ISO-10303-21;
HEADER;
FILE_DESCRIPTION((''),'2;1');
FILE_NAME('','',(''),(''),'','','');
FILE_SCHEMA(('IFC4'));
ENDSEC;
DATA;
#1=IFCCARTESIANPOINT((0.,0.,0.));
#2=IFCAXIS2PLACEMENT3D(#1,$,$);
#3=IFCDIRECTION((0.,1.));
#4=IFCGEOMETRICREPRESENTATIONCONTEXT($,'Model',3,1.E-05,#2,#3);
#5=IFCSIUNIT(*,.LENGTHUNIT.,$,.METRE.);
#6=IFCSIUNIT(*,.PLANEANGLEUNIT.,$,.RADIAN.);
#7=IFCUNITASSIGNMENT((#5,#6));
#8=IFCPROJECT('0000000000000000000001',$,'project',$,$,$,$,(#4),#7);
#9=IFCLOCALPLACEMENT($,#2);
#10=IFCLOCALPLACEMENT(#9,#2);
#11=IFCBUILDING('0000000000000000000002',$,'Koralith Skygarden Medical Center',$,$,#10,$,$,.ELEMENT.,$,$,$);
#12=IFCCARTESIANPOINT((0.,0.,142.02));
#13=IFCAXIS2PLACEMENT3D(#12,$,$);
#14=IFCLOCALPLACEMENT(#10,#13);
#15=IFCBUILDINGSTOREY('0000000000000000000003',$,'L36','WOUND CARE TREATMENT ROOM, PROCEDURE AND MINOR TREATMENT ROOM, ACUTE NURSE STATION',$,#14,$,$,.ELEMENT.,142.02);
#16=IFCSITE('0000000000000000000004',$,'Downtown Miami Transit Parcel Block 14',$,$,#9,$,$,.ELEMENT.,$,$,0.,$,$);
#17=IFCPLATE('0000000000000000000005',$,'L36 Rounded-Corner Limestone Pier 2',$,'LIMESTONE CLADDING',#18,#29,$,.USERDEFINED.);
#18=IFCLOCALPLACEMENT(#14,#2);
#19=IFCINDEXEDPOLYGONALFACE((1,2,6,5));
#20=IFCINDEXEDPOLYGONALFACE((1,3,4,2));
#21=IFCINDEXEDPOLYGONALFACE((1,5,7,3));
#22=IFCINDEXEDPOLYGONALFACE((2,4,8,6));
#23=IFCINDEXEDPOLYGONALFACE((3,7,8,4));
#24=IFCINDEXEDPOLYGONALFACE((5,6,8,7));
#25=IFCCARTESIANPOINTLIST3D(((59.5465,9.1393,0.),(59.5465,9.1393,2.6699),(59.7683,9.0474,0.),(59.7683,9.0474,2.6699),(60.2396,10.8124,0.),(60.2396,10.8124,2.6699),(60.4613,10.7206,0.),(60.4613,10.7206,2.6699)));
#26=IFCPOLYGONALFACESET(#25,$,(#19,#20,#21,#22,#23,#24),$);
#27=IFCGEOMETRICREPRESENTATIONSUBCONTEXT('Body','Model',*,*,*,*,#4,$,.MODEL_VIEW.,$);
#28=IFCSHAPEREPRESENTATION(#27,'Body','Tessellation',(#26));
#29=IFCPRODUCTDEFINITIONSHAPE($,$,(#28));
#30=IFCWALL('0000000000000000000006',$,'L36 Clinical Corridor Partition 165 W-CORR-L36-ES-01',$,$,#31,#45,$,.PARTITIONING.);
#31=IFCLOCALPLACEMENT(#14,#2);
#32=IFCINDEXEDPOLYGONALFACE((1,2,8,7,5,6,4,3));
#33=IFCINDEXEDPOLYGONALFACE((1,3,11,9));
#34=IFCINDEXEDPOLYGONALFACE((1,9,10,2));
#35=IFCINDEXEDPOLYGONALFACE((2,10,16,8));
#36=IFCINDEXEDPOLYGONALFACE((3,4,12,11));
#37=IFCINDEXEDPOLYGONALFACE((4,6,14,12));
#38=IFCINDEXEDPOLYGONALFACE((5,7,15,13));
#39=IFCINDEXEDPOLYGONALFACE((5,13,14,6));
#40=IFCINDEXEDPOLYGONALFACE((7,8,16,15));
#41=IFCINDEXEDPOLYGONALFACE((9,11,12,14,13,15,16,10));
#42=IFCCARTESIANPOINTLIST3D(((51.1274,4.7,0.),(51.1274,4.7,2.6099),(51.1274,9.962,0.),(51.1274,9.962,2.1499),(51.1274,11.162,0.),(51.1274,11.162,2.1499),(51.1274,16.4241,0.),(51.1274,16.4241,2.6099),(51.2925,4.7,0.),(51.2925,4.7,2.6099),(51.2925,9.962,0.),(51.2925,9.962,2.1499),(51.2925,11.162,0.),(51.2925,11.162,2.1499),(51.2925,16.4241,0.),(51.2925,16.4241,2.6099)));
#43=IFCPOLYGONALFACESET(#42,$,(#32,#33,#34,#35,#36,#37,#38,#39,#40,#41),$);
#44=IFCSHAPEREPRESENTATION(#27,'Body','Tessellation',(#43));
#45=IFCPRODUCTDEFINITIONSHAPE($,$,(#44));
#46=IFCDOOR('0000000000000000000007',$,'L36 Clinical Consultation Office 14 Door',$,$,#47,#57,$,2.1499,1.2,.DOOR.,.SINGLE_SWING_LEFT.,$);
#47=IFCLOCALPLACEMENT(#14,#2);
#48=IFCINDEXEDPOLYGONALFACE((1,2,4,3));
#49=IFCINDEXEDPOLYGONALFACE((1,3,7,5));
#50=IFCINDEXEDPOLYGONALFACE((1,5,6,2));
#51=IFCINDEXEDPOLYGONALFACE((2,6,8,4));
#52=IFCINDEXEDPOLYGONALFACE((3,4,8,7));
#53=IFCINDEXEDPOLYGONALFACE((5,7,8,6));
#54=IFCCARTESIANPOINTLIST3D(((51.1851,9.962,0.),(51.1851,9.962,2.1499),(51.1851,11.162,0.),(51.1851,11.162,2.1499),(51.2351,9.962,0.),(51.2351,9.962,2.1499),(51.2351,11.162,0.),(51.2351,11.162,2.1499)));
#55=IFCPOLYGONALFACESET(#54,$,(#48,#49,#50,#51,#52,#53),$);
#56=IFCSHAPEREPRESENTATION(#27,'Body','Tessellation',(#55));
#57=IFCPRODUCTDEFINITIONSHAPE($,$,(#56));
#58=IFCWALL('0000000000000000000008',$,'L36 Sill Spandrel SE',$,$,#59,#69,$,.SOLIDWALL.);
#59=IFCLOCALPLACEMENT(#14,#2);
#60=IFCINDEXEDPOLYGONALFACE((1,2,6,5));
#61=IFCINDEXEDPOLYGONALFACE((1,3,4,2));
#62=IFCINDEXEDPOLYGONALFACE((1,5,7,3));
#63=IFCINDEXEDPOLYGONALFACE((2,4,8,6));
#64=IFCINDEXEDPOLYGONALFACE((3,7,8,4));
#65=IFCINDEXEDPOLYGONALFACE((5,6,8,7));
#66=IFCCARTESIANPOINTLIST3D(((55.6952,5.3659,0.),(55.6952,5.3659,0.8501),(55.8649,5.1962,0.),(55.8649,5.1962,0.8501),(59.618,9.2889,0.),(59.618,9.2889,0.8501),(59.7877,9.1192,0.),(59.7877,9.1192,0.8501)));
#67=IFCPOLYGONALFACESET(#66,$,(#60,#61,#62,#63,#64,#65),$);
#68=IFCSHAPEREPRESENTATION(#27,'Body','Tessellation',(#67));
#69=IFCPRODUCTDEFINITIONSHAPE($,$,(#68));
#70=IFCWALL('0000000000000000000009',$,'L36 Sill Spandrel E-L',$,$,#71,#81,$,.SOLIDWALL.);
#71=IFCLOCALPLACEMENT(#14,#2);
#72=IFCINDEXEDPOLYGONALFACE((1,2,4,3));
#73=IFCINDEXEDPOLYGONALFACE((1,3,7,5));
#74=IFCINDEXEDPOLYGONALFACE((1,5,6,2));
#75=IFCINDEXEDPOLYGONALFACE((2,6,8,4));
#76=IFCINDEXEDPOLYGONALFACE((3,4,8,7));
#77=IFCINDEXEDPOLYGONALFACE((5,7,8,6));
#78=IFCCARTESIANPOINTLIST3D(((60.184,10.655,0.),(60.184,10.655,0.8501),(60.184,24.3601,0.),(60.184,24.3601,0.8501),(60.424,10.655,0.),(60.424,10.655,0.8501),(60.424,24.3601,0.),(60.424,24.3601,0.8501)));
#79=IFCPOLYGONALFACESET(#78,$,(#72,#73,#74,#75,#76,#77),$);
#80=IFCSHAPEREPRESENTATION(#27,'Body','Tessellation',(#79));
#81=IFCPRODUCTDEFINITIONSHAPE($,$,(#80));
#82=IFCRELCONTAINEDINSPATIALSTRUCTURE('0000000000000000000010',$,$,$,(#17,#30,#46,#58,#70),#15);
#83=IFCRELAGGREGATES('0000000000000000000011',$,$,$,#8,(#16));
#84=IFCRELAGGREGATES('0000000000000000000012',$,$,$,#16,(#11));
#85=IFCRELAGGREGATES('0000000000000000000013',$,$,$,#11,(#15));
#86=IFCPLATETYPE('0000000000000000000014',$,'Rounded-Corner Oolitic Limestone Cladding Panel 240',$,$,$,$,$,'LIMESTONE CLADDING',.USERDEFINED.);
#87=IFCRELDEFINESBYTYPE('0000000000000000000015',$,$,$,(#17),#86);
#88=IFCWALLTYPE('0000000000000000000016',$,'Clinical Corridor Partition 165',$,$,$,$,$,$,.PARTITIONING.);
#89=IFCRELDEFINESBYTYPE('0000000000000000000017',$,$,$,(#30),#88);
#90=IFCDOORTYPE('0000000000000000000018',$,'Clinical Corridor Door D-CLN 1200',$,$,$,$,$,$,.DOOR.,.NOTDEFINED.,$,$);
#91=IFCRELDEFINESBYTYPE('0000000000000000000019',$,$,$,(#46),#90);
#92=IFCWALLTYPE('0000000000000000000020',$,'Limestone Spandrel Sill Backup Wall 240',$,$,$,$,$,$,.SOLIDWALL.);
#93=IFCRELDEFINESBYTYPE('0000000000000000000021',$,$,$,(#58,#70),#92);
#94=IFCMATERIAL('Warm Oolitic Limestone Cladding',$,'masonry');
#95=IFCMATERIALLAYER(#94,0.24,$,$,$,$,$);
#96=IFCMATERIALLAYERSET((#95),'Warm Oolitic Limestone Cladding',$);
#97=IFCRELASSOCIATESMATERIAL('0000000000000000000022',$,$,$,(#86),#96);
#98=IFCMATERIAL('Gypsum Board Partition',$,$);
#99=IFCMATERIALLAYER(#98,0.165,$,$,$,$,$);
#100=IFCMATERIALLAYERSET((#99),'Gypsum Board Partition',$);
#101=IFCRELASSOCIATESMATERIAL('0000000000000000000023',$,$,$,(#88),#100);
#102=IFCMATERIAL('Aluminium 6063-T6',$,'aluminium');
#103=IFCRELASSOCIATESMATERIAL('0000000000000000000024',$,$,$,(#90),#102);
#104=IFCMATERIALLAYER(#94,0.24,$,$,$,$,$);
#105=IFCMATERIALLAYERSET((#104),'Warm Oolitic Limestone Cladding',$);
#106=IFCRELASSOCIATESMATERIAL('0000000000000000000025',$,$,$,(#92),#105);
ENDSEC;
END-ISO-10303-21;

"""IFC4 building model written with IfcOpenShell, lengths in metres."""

from ifc_helpers import new_model, si_unit, direction, frame, frame_2d, origin, origin_2d, place, context, subcontext, project, spatial, rectangle, extrude, material, layer, layer_set, type_object, element, fill, save


model = new_model("IFC4")

# Units and contexts
model_context = context("Model", 3, precision=1e-05, world=origin(), true_north=direction((0.0, 1.0)))
body_context = subcontext(model_context, "Body", "Model", "MODEL_VIEW")
ifc_project = project(units=[si_unit("LENGTHUNIT", "METRE"), si_unit("PLANEANGLEUNIT", "RADIAN")], contexts=[model_context])

# Site, building, storey
site_placement = place(None, origin())
site = spatial("IfcSite", under=ifc_project, at=site_placement, Name="Downtown Miami Transit Parcel Block 14", CompositionType="ELEMENT", RefElevation=0.0)
building_placement = place(site_placement, origin())
building = spatial("IfcBuilding", under=site, at=building_placement, Name="Koralith Skygarden Medical Center", CompositionType="ELEMENT")
storey_placement = place(building_placement, frame((0.0, 0.0, 142.02)))
storey = spatial("IfcBuildingStorey", under=building, at=storey_placement, Name="L36", Description="WOUND CARE TREATMENT ROOM, PROCEDURE AND MINOR TREATMENT ROOM, ACUTE NURSE STATION", CompositionType="ELEMENT", Elevation=142.02)

# Shared definitions
ifc_material_1 = material(Name="Aluminium 6063-T6", Category="aluminium")

# Plate
ifc_material_2 = material(Name="Warm Oolitic Limestone Cladding", Category="masonry")
ifc_layer_1 = layer(ifc_material_2, 0.24)
ifc_layer_set_1 = layer_set([ifc_layer_1], Name="Warm Oolitic Limestone Cladding")
plate_type_1 = type_object("IfcPlateType", Name="Rounded-Corner Oolitic Limestone Cladding Panel 240", ElementType="LIMESTONE CLADDING", PredefinedType="USERDEFINED", material=ifc_layer_set_1)
for number, where, z_axis, x_axis, name in (
    (1, (60.0039, 9.9299, 0.0), (0.0, 0.0, 1.0), (0.382671, 0.923885, 0.0), "L36 Rounded-Corner Limestone Pier 2"),
):
    element("IfcPlate", number, at=place(storey_placement, frame(where, z_axis=z_axis, x_axis=x_axis)), inside=storey, type_object=plate_type_1, Name=name, ObjectType="LIMESTONE CLADDING", PredefinedType="USERDEFINED", context=body_context, shape_type="SweptSolid", body=[
        extrude(rectangle(XDim=1.811, YDim=0.24, at=origin_2d()), origin(), (0.0, 0.0, 1.0), 2.6699),
    ])

# Wall, opening, door
ifc_material_3 = material(Name="Gypsum Board Partition")
ifc_layer_2 = layer(ifc_material_3, 0.165)
ifc_layer_set_2 = layer_set([ifc_layer_2], Name="Gypsum Board Partition")
wall_type_1 = type_object("IfcWallType", Name="Clinical Corridor Partition 165", PredefinedType="PARTITIONING", material=ifc_layer_set_2)
wall_1_placement = place(storey_placement, frame((51.21, 4.7, 0.0), z_axis=(0.0, 0.0, 1.0), x_axis=(0.0, 1.0, 0.0)))
wall_1 = element("IfcWall", 2, at=wall_1_placement, inside=storey, type_object=wall_type_1, Name="L36 Clinical Corridor Partition 165 W-CORR-L36-ES-01", PredefinedType="PARTITIONING", context=body_context, shape_type="SweptSolid", body=[
    extrude(rectangle(XDim=11.7241, YDim=0.165, at=frame_2d((5.8621, 0.0))), origin(), (0.0, 0.0, 1.0), 2.6099),
])
opening_placement = place(wall_1_placement, frame((5.262, 0.0, 0.0)))
opening = element("IfcOpeningElement", 3, at=opening_placement, cuts=wall_1, PredefinedType="OPENING", context=body_context, shape_type="SweptSolid", body=[
    extrude(rectangle(XDim=1.2, YDim=2.1499, at=frame_2d((0.6001, 1.075))), frame((0.0, 0.0925, 0.0), z_axis=(0.0, -1.0, 0.0), x_axis=(1.0, 0.0, 0.0)), (0.0, 0.0, 1.0), 0.1851),
])
door_type = type_object("IfcDoorType", Name="Clinical Corridor Door D-CLN 1200", OperationType="NOTDEFINED", PredefinedType="DOOR", material=ifc_material_1)
door_placement = place(opening_placement, origin())
door = element("IfcDoor", 4, at=door_placement, inside=storey, type_object=door_type, Name="L36 Clinical Consultation Office 14 Door", OperationType="SINGLE_SWING_LEFT", OverallHeight=2.1499, OverallWidth=1.2, PredefinedType="DOOR", context=body_context, shape_type="SweptSolid", body=[
    extrude(rectangle(XDim=1.2, YDim=2.1499, at=frame_2d((0.6001, 1.075))), frame((0.0, 0.0249, 0.0), z_axis=(0.0, -1.0, 0.0), x_axis=(1.0, 0.0, 0.0)), (0.0, 0.0, 1.0), 0.05),
])
fill(opening, door)

# Walls
ifc_layer_3 = layer(ifc_material_2, 0.24)
ifc_layer_set_3 = layer_set([ifc_layer_3], Name="Warm Oolitic Limestone Cladding")
wall_type_2 = type_object("IfcWallType", Name="Limestone Spandrel Sill Backup Wall 240", PredefinedType="SOLIDWALL", material=ifc_layer_set_3)
wall_2_placement = place(storey_placement, frame((55.78, 5.281, 0.0), z_axis=(0.0, 0.0, 1.0), x_axis=(0.707085, 0.707129, 0.0)))
element("IfcWall", 5, at=wall_2_placement, inside=storey, type_object=wall_type_2, Name="L36 Sill Spandrel SE", PredefinedType="SOLIDWALL", context=body_context, shape_type="SweptSolid", body=[
    extrude(rectangle(XDim=5.5479, YDim=0.24, at=frame_2d((2.7739, 0.0))), origin(), (0.0, 0.0, 1.0), 0.8501),
])
wall_3_placement = place(storey_placement, frame((60.304, 10.655, 0.0), z_axis=(0.0, 0.0, 1.0), x_axis=(0.0, 1.0, 0.0)))
element("IfcWall", 6, at=wall_3_placement, inside=storey, type_object=wall_type_2, Name="L36 Sill Spandrel E-L", PredefinedType="SOLIDWALL", context=body_context, shape_type="SweptSolid", body=[
    extrude(rectangle(XDim=13.7051, YDim=0.24, at=frame_2d((6.8525, 0.0))), origin(), (0.0, 0.0, 1.0), 0.8501),
])

save(model, "model.ifc")
